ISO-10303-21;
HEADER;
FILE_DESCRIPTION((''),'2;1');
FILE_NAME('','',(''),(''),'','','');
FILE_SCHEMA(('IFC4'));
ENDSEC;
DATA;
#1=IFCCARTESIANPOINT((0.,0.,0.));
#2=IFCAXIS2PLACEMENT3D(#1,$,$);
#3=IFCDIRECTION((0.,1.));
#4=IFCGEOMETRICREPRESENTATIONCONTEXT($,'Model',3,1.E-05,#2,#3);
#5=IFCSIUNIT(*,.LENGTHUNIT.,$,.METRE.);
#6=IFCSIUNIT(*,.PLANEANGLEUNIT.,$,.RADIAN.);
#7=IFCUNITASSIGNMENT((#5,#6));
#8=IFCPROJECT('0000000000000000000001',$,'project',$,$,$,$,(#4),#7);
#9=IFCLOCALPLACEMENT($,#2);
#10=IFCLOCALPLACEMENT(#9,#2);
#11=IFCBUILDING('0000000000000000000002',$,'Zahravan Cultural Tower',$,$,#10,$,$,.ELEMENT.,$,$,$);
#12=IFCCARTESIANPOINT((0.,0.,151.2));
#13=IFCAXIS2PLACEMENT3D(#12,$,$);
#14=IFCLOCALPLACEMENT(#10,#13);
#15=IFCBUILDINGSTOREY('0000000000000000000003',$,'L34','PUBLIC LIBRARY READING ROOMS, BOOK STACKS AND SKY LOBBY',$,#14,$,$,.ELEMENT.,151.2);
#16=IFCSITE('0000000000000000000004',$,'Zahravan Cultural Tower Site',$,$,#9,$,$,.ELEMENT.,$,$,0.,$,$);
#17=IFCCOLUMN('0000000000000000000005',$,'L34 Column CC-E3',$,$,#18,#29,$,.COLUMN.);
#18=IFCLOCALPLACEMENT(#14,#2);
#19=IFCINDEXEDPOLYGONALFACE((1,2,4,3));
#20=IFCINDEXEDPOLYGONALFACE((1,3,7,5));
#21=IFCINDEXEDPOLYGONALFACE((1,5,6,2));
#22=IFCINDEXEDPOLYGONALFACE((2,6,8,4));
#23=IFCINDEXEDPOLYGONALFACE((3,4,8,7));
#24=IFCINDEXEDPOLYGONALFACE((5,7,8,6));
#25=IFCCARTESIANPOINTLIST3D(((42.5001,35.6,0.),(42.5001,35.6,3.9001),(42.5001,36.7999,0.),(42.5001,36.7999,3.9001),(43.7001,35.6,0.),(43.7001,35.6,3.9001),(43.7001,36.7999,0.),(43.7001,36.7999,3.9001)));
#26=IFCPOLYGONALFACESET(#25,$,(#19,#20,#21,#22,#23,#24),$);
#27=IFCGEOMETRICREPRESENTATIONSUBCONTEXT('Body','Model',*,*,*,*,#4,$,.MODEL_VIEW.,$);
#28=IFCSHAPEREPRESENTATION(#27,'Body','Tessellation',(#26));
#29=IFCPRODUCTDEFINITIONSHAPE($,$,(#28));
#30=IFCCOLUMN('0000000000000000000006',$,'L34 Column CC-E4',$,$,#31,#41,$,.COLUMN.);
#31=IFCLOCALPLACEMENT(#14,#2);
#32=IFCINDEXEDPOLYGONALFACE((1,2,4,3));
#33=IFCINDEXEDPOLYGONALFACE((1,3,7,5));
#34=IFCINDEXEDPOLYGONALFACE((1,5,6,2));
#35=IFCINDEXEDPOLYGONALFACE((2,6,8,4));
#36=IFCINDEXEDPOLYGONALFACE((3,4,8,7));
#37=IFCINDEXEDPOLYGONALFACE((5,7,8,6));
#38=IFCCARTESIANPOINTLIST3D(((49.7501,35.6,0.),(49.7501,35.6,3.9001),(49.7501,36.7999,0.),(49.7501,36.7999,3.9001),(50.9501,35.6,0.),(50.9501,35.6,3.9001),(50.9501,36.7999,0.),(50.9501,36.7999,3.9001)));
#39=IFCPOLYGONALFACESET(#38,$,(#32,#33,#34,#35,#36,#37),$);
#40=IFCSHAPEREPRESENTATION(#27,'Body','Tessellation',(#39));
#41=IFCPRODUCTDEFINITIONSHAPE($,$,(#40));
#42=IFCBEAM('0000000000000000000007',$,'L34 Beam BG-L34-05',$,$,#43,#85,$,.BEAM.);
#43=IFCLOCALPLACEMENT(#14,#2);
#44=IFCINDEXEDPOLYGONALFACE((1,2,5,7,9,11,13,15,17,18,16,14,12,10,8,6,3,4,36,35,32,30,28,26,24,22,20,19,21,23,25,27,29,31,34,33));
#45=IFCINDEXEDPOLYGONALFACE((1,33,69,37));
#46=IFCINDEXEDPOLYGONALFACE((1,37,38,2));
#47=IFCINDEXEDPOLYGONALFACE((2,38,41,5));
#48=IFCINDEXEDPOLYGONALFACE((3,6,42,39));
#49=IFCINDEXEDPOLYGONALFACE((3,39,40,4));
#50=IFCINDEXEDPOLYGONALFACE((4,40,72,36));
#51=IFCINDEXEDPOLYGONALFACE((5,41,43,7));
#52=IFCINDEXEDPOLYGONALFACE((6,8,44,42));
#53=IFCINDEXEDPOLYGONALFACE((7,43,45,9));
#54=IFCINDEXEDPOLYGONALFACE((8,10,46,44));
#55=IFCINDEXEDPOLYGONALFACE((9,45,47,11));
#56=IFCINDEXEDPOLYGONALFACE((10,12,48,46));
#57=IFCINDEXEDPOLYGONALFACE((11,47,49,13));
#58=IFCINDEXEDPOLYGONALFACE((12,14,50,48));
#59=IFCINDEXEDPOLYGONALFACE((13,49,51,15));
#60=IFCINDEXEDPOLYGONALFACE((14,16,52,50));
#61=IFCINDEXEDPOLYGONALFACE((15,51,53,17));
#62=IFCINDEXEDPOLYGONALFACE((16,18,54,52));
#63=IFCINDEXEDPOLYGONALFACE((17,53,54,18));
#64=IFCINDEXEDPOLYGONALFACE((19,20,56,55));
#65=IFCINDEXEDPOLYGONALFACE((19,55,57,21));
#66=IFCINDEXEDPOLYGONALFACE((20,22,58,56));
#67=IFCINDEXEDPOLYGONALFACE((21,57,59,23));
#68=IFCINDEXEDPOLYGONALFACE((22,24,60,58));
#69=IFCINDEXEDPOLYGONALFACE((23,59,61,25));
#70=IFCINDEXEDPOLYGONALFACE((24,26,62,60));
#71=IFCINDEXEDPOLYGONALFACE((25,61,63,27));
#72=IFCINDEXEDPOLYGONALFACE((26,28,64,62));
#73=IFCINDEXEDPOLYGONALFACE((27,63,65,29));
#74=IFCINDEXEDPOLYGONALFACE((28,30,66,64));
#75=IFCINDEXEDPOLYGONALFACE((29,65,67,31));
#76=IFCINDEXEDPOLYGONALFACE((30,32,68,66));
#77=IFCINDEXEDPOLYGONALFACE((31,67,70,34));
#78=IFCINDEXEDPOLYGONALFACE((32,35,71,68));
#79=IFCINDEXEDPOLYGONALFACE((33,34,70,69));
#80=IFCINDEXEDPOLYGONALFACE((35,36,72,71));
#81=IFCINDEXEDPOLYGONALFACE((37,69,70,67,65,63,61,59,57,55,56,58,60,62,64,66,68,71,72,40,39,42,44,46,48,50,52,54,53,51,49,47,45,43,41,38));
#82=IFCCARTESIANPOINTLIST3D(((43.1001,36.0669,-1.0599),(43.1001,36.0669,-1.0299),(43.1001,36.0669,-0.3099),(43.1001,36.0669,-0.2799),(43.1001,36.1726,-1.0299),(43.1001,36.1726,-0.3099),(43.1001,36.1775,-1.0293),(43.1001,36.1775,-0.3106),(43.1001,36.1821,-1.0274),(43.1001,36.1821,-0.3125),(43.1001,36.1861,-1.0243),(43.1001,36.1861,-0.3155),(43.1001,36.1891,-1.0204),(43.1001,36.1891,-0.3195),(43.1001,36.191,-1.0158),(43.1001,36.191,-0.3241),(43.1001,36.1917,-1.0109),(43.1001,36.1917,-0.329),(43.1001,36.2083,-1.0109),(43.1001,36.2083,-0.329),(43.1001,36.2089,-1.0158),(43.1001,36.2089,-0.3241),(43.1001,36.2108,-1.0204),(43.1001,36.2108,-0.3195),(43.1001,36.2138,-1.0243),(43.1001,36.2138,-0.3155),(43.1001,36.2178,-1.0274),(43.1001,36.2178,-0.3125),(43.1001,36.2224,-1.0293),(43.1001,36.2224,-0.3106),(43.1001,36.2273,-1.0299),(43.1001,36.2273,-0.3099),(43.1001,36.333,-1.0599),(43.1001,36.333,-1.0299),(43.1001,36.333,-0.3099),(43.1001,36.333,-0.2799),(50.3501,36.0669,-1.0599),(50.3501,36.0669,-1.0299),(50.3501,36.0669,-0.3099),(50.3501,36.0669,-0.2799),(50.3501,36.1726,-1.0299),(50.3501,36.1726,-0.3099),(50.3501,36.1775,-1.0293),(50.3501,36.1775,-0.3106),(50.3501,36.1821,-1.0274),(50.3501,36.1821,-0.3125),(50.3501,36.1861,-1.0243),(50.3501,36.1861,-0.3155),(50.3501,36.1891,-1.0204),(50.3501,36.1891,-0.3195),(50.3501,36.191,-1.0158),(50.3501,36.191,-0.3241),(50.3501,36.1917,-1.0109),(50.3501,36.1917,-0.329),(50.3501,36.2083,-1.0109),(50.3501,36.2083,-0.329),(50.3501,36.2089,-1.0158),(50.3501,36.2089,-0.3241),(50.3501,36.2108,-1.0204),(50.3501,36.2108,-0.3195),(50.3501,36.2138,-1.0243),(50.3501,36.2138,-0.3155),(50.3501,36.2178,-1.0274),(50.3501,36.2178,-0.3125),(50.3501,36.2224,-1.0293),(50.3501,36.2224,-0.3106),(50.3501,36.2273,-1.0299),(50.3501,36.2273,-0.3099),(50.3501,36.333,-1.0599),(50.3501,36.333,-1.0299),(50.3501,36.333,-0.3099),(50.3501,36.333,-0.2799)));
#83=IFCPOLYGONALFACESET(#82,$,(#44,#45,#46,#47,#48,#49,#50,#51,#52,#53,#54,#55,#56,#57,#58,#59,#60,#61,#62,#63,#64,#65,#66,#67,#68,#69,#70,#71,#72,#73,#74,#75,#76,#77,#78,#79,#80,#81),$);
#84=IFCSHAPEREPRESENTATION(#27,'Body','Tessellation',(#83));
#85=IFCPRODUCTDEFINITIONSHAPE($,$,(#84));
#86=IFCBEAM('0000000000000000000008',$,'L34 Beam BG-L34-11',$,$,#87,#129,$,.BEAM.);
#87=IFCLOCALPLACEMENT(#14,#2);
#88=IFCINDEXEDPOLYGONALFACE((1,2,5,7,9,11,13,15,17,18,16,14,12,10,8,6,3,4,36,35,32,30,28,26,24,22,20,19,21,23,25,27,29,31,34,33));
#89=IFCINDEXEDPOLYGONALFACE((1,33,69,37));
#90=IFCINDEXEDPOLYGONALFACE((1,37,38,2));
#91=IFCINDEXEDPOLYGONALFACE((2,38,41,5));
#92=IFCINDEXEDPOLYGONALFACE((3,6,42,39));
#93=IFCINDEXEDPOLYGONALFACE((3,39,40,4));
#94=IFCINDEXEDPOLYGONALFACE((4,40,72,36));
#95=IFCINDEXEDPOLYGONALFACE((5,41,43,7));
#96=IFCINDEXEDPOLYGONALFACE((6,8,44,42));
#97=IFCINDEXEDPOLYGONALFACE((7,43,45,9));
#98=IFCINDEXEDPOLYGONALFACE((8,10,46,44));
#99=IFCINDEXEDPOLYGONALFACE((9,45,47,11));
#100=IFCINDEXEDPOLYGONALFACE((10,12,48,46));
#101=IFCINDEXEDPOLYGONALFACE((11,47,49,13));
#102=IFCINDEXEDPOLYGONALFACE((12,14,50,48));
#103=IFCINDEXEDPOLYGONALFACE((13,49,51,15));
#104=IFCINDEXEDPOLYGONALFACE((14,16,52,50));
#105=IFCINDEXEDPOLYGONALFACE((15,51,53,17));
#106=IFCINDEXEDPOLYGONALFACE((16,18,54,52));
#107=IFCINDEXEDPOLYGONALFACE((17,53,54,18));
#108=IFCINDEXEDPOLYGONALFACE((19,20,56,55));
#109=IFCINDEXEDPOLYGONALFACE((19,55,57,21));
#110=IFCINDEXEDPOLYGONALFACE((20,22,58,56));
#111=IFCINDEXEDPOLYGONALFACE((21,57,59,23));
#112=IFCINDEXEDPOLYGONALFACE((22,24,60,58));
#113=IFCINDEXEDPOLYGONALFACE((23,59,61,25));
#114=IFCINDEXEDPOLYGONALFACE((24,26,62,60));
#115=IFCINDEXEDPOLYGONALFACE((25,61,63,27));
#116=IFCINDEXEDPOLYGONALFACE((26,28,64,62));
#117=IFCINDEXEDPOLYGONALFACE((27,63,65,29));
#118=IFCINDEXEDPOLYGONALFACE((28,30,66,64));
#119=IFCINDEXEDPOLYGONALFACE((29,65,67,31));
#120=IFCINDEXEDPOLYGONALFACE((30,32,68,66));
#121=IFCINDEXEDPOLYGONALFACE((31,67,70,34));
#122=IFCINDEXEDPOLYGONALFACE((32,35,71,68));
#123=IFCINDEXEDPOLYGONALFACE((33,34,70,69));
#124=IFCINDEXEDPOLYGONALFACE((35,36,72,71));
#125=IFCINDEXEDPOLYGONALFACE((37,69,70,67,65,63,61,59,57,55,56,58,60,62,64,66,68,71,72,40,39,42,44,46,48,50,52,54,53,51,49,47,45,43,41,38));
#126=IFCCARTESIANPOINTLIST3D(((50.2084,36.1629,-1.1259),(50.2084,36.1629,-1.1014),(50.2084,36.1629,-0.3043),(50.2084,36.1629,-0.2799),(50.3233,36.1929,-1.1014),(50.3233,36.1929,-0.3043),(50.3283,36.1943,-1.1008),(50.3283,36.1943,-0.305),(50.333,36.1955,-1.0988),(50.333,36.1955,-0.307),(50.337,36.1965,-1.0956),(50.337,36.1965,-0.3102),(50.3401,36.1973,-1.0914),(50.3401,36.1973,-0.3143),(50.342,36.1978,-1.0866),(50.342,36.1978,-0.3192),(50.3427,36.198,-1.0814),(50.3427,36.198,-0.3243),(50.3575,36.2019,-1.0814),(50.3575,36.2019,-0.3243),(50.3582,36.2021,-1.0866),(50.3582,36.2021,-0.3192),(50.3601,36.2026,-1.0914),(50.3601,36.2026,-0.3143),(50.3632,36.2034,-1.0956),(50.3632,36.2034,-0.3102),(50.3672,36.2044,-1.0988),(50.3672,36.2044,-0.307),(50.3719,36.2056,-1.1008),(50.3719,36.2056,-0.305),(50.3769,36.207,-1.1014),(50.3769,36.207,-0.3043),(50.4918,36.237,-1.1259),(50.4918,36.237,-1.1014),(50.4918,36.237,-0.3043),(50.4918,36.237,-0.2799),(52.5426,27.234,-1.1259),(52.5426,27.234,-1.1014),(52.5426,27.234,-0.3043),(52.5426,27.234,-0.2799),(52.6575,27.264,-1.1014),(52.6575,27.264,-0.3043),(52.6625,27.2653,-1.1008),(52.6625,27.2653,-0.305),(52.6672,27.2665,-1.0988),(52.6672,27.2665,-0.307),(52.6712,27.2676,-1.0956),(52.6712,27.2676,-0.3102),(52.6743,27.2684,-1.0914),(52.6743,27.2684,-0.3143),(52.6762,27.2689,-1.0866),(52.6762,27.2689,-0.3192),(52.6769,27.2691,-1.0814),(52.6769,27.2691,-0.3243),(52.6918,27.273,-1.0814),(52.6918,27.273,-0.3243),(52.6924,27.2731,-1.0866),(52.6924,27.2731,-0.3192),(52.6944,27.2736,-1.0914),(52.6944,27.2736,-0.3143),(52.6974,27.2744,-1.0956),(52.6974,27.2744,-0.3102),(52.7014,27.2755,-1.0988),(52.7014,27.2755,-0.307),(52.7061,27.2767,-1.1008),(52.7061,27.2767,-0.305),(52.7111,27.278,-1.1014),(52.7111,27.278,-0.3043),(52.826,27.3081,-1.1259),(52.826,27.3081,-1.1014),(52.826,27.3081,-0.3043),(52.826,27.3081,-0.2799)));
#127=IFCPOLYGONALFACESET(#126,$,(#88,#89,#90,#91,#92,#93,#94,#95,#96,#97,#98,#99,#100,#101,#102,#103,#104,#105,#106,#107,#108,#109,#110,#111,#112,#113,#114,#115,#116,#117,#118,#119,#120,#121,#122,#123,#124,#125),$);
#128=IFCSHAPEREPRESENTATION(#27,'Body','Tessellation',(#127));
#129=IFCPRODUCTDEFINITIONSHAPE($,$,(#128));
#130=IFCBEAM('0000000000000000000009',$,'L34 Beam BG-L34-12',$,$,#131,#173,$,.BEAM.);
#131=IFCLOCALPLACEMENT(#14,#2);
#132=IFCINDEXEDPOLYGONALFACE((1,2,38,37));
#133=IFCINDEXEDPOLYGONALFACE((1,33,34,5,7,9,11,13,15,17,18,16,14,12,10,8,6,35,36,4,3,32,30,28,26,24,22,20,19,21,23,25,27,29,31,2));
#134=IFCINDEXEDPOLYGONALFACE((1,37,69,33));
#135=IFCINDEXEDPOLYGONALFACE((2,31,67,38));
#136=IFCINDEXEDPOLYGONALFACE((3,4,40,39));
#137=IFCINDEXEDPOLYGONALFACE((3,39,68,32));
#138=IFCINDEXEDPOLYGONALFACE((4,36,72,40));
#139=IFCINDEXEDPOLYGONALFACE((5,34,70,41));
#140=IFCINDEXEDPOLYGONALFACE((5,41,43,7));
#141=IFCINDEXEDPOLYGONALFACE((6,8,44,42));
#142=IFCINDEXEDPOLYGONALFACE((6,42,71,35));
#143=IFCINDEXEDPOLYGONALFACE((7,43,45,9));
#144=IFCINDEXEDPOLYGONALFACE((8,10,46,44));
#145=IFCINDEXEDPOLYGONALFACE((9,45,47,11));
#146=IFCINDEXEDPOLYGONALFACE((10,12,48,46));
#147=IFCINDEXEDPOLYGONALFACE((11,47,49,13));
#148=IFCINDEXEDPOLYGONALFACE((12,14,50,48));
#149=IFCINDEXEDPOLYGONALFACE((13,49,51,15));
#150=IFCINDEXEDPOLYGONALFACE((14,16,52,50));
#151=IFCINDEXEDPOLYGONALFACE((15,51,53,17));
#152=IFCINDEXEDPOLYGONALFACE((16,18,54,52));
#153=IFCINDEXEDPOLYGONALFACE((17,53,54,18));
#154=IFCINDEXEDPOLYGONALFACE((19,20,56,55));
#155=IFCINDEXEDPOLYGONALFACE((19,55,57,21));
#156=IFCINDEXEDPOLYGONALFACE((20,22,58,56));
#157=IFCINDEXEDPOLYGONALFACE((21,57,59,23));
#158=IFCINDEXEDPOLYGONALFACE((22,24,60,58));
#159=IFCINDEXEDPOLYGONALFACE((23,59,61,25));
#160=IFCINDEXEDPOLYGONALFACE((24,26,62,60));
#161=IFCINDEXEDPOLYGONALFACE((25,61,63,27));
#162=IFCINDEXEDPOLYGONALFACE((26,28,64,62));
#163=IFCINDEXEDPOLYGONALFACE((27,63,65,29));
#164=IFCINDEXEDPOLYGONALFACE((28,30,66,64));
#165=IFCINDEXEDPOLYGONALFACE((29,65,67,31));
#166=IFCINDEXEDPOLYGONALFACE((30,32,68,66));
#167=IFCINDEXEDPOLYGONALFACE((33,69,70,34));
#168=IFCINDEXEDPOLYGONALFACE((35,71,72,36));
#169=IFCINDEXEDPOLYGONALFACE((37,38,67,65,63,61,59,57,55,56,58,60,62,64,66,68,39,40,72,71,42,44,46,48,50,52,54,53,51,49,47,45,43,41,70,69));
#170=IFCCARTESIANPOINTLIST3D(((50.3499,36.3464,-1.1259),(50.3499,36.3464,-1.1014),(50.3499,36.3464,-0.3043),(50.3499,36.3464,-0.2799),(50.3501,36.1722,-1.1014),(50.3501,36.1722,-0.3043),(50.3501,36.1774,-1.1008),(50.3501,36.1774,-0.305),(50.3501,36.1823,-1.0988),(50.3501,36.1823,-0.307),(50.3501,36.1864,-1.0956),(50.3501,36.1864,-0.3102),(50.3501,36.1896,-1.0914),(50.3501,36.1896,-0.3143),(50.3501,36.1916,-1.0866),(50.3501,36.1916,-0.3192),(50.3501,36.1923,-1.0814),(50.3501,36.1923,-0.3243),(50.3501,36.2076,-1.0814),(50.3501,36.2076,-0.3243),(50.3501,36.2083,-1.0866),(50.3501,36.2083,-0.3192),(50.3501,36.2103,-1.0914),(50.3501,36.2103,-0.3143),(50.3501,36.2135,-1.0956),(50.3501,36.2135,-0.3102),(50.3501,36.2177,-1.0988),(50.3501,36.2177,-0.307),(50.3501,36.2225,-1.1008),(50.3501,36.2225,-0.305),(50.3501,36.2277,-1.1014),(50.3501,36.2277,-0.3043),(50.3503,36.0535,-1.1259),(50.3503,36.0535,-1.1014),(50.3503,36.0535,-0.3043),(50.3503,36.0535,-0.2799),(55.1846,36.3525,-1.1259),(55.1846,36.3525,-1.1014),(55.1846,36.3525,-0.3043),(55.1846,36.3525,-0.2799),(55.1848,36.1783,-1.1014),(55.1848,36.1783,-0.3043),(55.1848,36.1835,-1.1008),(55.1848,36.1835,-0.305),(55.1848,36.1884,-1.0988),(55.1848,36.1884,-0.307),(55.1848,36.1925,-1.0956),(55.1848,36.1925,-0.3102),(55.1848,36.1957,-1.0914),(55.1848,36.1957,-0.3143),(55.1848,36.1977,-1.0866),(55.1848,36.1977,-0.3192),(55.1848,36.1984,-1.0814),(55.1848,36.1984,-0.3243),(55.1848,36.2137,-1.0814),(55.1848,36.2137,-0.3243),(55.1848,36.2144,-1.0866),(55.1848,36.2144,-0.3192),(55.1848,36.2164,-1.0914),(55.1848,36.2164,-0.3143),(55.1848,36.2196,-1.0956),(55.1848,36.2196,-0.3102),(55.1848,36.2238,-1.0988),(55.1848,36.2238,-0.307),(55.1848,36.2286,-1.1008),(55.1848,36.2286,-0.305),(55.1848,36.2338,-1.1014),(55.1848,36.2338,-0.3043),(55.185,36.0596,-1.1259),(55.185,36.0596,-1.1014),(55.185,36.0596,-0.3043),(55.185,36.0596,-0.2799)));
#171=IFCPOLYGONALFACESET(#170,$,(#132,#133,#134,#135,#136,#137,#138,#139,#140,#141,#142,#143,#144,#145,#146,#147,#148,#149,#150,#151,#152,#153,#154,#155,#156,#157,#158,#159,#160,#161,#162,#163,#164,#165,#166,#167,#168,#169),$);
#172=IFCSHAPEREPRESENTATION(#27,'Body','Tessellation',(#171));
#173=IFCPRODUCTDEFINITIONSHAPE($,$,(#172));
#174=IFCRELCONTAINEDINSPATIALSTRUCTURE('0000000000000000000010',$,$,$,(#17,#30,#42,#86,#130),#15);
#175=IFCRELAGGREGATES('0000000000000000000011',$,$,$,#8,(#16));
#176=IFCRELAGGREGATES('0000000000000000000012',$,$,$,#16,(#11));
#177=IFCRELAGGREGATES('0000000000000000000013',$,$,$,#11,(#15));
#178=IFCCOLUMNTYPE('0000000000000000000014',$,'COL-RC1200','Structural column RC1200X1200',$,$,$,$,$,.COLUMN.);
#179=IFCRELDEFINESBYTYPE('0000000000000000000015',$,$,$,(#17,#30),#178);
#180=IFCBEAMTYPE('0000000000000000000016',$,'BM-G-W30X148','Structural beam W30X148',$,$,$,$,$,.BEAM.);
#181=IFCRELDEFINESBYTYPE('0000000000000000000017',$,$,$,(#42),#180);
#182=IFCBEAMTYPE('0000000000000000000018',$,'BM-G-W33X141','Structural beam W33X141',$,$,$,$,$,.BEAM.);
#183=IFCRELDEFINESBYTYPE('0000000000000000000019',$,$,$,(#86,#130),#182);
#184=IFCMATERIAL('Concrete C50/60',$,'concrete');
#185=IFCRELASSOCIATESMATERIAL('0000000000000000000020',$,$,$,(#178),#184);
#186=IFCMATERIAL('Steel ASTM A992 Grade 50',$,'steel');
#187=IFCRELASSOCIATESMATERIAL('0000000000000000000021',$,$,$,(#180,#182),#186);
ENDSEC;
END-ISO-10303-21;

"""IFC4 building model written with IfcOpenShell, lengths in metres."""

from ifc_helpers import new_model, si_unit, direction, frame, origin, origin_2d, place, context, subcontext, project, spatial, rectangle, i_section, extrude, source, transform, mapped, material, material_profile, profile_set, type_object, element, save


model = new_model("IFC4")

# Units and contexts
model_context = context("Model", 3, precision=1e-05, world=origin(), true_north=direction((0.0, 1.0)))
body_context = subcontext(model_context, "Body", "Model", "MODEL_VIEW")
ifc_project = project(units=[si_unit("LENGTHUNIT", "METRE"), si_unit("PLANEANGLEUNIT", "RADIAN")], contexts=[model_context])

# Site, building, storey
site_placement = place(None, origin())
site = spatial("IfcSite", under=ifc_project, at=site_placement, Name="Zahravan Cultural Tower Site", CompositionType="ELEMENT", RefElevation=0.0)
building_placement = place(site_placement, origin())
building = spatial("IfcBuilding", under=site, at=building_placement, Name="Zahravan Cultural Tower", CompositionType="ELEMENT")
storey_placement = place(building_placement, frame((0.0, 0.0, 151.2)))
storey = spatial("IfcBuildingStorey", under=building, at=storey_placement, Name="L34", Description="PUBLIC LIBRARY READING ROOMS, BOOK STACKS AND SKY LOBBY", CompositionType="ELEMENT", Elevation=151.2)

# Columns
ifc_material_1 = material(Name="Concrete C50/60", Category="concrete")
ifc_material_profile_1 = material_profile(ifc_material_1, rectangle(XDim=1.2, YDim=1.2, at=origin_2d()), Name="RC1200X1200")
ifc_profile_set_1 = profile_set([ifc_material_profile_1], Name="Concrete C50/60")
column_type = type_object("IfcColumnType", Name="COL-RC1200", Description="Structural column RC1200X1200", PredefinedType="COLUMN", material=ifc_profile_set_1)
shared_shape_1 = source(origin(), body_context, "Body", "SweptSolid", [
    extrude(rectangle(XDim=1.2, YDim=1.2, at=origin_2d()), origin(), (0.0, 0.0, 1.0), 3.9001),
])
for number, where, z_axis, x_axis, name in (
    (1, (43.1001, 36.2, 0.0), (0.0, 0.0, 1.0), (1.0, 0.0, 0.0), "L34 Column CC-E3"),
    (2, (50.3501, 36.2, 0.0), (0.0, 0.0, 1.0), (1.0, 0.0, 0.0), "L34 Column CC-E4"),
):
    element("IfcColumn", number, at=place(storey_placement, frame(where, z_axis=z_axis, x_axis=x_axis)), inside=storey, type_object=column_type, Name=name, PredefinedType="COLUMN", context=body_context, shape_type="MappedRepresentation", body=[
        mapped(shared_shape_1, transform((0.0, 0.0, 0.0), x_axis=(1.0, 0.0, 0.0), y_axis=(0.0, 1.0, 0.0), z_axis=(0.0, 0.0, 1.0), scale=1.0)),
    ])

# Beams
ifc_material_2 = material(Name="Steel ASTM A992 Grade 50", Category="steel")
ifc_material_profile_2 = material_profile(ifc_material_2, i_section(OverallWidth=0.2661, OverallDepth=0.78, WebThickness=0.0166, FlangeThickness=0.03, FilletRadius=0.019, at=origin_2d()), Name="W30X148")
ifc_profile_set_2 = profile_set([ifc_material_profile_2], Name="Steel ASTM A992 Grade 50")
beam_type_1 = type_object("IfcBeamType", Name="BM-G-W30X148", Description="Structural beam W30X148", PredefinedType="BEAM", material=ifc_profile_set_2)
shared_shape_2 = source(origin(), body_context, "Body", "SweptSolid", [
    extrude(i_section(OverallWidth=0.2661, OverallDepth=0.78, WebThickness=0.0166, FlangeThickness=0.03, FilletRadius=0.019, at=origin_2d()), origin(), (0.0, 0.0, 1.0), 7.25),
])
beam_1_placement = place(storey_placement, frame((43.1001, 36.2, -0.6699), z_axis=(1.0, 0.0, 0.0), x_axis=(0.0, 1.0, 0.0)))
element("IfcBeam", 3, at=beam_1_placement, inside=storey, type_object=beam_type_1, Name="L34 Beam BG-L34-05", PredefinedType="BEAM", context=body_context, shape_type="MappedRepresentation", body=[
    mapped(shared_shape_2, transform((0.0, 0.0, 0.0), x_axis=(1.0, 0.0, 0.0), y_axis=(0.0, 1.0, 0.0), z_axis=(0.0, 0.0, 1.0), scale=1.0)),
])
ifc_material_profile_3 = material_profile(ifc_material_2, i_section(OverallWidth=0.293, OverallDepth=0.8459, WebThickness=0.0154, FlangeThickness=0.0244, FilletRadius=0.02, at=origin_2d()), Name="W33X141")
ifc_profile_set_3 = profile_set([ifc_material_profile_3], Name="Steel ASTM A992 Grade 50")
beam_type_2 = type_object("IfcBeamType", Name="BM-G-W33X141", Description="Structural beam W33X141", PredefinedType="BEAM", material=ifc_profile_set_3)
shared_shape_3 = source(origin(), body_context, "Body", "SweptSolid", [
    extrude(i_section(OverallWidth=0.293, OverallDepth=0.8459, WebThickness=0.0154, FlangeThickness=0.0244, FilletRadius=0.02, at=origin_2d()), origin(), (0.0, 0.0, 1.0), 9.229),
])
beam_2_placement = place(storey_placement, frame((50.3501, 36.2, -0.7029), z_axis=(0.252923, -0.967487, 0.0), x_axis=(0.967487, 0.252923, 0.0)))
element("IfcBeam", 4, at=beam_2_placement, inside=storey, type_object=beam_type_2, Name="L34 Beam BG-L34-11", PredefinedType="BEAM", context=body_context, shape_type="MappedRepresentation", body=[
    mapped(shared_shape_3, transform((0.0, 0.0, 0.0), x_axis=(1.0, 0.0, 0.0), y_axis=(0.0, 1.0, 0.0), z_axis=(0.0, 0.0, 1.0), scale=1.0)),
])
shared_shape_4 = source(origin(), body_context, "Body", "SweptSolid", [
    extrude(i_section(OverallWidth=0.293, OverallDepth=0.8459, WebThickness=0.0154, FlangeThickness=0.0244, FilletRadius=0.02, at=origin_2d()), origin(), (0.0, 0.0, 1.0), 4.8347),
])
beam_3_placement = place(storey_placement, frame((50.3501, 36.2, -0.7029), z_axis=(0.999999, 0.001262, 0.0), x_axis=(-0.001262, 0.999999, 0.0)))
element("IfcBeam", 5, at=beam_3_placement, inside=storey, type_object=beam_type_2, Name="L34 Beam BG-L34-12", PredefinedType="BEAM", context=body_context, shape_type="MappedRepresentation", body=[
    mapped(shared_shape_4, transform((0.0, 0.0, 0.0), x_axis=(1.0, 0.0, 0.0), y_axis=(0.0, 1.0, 0.0), z_axis=(0.0, 0.0, 1.0), scale=1.0)),
])

save(model, "model.ifc")
